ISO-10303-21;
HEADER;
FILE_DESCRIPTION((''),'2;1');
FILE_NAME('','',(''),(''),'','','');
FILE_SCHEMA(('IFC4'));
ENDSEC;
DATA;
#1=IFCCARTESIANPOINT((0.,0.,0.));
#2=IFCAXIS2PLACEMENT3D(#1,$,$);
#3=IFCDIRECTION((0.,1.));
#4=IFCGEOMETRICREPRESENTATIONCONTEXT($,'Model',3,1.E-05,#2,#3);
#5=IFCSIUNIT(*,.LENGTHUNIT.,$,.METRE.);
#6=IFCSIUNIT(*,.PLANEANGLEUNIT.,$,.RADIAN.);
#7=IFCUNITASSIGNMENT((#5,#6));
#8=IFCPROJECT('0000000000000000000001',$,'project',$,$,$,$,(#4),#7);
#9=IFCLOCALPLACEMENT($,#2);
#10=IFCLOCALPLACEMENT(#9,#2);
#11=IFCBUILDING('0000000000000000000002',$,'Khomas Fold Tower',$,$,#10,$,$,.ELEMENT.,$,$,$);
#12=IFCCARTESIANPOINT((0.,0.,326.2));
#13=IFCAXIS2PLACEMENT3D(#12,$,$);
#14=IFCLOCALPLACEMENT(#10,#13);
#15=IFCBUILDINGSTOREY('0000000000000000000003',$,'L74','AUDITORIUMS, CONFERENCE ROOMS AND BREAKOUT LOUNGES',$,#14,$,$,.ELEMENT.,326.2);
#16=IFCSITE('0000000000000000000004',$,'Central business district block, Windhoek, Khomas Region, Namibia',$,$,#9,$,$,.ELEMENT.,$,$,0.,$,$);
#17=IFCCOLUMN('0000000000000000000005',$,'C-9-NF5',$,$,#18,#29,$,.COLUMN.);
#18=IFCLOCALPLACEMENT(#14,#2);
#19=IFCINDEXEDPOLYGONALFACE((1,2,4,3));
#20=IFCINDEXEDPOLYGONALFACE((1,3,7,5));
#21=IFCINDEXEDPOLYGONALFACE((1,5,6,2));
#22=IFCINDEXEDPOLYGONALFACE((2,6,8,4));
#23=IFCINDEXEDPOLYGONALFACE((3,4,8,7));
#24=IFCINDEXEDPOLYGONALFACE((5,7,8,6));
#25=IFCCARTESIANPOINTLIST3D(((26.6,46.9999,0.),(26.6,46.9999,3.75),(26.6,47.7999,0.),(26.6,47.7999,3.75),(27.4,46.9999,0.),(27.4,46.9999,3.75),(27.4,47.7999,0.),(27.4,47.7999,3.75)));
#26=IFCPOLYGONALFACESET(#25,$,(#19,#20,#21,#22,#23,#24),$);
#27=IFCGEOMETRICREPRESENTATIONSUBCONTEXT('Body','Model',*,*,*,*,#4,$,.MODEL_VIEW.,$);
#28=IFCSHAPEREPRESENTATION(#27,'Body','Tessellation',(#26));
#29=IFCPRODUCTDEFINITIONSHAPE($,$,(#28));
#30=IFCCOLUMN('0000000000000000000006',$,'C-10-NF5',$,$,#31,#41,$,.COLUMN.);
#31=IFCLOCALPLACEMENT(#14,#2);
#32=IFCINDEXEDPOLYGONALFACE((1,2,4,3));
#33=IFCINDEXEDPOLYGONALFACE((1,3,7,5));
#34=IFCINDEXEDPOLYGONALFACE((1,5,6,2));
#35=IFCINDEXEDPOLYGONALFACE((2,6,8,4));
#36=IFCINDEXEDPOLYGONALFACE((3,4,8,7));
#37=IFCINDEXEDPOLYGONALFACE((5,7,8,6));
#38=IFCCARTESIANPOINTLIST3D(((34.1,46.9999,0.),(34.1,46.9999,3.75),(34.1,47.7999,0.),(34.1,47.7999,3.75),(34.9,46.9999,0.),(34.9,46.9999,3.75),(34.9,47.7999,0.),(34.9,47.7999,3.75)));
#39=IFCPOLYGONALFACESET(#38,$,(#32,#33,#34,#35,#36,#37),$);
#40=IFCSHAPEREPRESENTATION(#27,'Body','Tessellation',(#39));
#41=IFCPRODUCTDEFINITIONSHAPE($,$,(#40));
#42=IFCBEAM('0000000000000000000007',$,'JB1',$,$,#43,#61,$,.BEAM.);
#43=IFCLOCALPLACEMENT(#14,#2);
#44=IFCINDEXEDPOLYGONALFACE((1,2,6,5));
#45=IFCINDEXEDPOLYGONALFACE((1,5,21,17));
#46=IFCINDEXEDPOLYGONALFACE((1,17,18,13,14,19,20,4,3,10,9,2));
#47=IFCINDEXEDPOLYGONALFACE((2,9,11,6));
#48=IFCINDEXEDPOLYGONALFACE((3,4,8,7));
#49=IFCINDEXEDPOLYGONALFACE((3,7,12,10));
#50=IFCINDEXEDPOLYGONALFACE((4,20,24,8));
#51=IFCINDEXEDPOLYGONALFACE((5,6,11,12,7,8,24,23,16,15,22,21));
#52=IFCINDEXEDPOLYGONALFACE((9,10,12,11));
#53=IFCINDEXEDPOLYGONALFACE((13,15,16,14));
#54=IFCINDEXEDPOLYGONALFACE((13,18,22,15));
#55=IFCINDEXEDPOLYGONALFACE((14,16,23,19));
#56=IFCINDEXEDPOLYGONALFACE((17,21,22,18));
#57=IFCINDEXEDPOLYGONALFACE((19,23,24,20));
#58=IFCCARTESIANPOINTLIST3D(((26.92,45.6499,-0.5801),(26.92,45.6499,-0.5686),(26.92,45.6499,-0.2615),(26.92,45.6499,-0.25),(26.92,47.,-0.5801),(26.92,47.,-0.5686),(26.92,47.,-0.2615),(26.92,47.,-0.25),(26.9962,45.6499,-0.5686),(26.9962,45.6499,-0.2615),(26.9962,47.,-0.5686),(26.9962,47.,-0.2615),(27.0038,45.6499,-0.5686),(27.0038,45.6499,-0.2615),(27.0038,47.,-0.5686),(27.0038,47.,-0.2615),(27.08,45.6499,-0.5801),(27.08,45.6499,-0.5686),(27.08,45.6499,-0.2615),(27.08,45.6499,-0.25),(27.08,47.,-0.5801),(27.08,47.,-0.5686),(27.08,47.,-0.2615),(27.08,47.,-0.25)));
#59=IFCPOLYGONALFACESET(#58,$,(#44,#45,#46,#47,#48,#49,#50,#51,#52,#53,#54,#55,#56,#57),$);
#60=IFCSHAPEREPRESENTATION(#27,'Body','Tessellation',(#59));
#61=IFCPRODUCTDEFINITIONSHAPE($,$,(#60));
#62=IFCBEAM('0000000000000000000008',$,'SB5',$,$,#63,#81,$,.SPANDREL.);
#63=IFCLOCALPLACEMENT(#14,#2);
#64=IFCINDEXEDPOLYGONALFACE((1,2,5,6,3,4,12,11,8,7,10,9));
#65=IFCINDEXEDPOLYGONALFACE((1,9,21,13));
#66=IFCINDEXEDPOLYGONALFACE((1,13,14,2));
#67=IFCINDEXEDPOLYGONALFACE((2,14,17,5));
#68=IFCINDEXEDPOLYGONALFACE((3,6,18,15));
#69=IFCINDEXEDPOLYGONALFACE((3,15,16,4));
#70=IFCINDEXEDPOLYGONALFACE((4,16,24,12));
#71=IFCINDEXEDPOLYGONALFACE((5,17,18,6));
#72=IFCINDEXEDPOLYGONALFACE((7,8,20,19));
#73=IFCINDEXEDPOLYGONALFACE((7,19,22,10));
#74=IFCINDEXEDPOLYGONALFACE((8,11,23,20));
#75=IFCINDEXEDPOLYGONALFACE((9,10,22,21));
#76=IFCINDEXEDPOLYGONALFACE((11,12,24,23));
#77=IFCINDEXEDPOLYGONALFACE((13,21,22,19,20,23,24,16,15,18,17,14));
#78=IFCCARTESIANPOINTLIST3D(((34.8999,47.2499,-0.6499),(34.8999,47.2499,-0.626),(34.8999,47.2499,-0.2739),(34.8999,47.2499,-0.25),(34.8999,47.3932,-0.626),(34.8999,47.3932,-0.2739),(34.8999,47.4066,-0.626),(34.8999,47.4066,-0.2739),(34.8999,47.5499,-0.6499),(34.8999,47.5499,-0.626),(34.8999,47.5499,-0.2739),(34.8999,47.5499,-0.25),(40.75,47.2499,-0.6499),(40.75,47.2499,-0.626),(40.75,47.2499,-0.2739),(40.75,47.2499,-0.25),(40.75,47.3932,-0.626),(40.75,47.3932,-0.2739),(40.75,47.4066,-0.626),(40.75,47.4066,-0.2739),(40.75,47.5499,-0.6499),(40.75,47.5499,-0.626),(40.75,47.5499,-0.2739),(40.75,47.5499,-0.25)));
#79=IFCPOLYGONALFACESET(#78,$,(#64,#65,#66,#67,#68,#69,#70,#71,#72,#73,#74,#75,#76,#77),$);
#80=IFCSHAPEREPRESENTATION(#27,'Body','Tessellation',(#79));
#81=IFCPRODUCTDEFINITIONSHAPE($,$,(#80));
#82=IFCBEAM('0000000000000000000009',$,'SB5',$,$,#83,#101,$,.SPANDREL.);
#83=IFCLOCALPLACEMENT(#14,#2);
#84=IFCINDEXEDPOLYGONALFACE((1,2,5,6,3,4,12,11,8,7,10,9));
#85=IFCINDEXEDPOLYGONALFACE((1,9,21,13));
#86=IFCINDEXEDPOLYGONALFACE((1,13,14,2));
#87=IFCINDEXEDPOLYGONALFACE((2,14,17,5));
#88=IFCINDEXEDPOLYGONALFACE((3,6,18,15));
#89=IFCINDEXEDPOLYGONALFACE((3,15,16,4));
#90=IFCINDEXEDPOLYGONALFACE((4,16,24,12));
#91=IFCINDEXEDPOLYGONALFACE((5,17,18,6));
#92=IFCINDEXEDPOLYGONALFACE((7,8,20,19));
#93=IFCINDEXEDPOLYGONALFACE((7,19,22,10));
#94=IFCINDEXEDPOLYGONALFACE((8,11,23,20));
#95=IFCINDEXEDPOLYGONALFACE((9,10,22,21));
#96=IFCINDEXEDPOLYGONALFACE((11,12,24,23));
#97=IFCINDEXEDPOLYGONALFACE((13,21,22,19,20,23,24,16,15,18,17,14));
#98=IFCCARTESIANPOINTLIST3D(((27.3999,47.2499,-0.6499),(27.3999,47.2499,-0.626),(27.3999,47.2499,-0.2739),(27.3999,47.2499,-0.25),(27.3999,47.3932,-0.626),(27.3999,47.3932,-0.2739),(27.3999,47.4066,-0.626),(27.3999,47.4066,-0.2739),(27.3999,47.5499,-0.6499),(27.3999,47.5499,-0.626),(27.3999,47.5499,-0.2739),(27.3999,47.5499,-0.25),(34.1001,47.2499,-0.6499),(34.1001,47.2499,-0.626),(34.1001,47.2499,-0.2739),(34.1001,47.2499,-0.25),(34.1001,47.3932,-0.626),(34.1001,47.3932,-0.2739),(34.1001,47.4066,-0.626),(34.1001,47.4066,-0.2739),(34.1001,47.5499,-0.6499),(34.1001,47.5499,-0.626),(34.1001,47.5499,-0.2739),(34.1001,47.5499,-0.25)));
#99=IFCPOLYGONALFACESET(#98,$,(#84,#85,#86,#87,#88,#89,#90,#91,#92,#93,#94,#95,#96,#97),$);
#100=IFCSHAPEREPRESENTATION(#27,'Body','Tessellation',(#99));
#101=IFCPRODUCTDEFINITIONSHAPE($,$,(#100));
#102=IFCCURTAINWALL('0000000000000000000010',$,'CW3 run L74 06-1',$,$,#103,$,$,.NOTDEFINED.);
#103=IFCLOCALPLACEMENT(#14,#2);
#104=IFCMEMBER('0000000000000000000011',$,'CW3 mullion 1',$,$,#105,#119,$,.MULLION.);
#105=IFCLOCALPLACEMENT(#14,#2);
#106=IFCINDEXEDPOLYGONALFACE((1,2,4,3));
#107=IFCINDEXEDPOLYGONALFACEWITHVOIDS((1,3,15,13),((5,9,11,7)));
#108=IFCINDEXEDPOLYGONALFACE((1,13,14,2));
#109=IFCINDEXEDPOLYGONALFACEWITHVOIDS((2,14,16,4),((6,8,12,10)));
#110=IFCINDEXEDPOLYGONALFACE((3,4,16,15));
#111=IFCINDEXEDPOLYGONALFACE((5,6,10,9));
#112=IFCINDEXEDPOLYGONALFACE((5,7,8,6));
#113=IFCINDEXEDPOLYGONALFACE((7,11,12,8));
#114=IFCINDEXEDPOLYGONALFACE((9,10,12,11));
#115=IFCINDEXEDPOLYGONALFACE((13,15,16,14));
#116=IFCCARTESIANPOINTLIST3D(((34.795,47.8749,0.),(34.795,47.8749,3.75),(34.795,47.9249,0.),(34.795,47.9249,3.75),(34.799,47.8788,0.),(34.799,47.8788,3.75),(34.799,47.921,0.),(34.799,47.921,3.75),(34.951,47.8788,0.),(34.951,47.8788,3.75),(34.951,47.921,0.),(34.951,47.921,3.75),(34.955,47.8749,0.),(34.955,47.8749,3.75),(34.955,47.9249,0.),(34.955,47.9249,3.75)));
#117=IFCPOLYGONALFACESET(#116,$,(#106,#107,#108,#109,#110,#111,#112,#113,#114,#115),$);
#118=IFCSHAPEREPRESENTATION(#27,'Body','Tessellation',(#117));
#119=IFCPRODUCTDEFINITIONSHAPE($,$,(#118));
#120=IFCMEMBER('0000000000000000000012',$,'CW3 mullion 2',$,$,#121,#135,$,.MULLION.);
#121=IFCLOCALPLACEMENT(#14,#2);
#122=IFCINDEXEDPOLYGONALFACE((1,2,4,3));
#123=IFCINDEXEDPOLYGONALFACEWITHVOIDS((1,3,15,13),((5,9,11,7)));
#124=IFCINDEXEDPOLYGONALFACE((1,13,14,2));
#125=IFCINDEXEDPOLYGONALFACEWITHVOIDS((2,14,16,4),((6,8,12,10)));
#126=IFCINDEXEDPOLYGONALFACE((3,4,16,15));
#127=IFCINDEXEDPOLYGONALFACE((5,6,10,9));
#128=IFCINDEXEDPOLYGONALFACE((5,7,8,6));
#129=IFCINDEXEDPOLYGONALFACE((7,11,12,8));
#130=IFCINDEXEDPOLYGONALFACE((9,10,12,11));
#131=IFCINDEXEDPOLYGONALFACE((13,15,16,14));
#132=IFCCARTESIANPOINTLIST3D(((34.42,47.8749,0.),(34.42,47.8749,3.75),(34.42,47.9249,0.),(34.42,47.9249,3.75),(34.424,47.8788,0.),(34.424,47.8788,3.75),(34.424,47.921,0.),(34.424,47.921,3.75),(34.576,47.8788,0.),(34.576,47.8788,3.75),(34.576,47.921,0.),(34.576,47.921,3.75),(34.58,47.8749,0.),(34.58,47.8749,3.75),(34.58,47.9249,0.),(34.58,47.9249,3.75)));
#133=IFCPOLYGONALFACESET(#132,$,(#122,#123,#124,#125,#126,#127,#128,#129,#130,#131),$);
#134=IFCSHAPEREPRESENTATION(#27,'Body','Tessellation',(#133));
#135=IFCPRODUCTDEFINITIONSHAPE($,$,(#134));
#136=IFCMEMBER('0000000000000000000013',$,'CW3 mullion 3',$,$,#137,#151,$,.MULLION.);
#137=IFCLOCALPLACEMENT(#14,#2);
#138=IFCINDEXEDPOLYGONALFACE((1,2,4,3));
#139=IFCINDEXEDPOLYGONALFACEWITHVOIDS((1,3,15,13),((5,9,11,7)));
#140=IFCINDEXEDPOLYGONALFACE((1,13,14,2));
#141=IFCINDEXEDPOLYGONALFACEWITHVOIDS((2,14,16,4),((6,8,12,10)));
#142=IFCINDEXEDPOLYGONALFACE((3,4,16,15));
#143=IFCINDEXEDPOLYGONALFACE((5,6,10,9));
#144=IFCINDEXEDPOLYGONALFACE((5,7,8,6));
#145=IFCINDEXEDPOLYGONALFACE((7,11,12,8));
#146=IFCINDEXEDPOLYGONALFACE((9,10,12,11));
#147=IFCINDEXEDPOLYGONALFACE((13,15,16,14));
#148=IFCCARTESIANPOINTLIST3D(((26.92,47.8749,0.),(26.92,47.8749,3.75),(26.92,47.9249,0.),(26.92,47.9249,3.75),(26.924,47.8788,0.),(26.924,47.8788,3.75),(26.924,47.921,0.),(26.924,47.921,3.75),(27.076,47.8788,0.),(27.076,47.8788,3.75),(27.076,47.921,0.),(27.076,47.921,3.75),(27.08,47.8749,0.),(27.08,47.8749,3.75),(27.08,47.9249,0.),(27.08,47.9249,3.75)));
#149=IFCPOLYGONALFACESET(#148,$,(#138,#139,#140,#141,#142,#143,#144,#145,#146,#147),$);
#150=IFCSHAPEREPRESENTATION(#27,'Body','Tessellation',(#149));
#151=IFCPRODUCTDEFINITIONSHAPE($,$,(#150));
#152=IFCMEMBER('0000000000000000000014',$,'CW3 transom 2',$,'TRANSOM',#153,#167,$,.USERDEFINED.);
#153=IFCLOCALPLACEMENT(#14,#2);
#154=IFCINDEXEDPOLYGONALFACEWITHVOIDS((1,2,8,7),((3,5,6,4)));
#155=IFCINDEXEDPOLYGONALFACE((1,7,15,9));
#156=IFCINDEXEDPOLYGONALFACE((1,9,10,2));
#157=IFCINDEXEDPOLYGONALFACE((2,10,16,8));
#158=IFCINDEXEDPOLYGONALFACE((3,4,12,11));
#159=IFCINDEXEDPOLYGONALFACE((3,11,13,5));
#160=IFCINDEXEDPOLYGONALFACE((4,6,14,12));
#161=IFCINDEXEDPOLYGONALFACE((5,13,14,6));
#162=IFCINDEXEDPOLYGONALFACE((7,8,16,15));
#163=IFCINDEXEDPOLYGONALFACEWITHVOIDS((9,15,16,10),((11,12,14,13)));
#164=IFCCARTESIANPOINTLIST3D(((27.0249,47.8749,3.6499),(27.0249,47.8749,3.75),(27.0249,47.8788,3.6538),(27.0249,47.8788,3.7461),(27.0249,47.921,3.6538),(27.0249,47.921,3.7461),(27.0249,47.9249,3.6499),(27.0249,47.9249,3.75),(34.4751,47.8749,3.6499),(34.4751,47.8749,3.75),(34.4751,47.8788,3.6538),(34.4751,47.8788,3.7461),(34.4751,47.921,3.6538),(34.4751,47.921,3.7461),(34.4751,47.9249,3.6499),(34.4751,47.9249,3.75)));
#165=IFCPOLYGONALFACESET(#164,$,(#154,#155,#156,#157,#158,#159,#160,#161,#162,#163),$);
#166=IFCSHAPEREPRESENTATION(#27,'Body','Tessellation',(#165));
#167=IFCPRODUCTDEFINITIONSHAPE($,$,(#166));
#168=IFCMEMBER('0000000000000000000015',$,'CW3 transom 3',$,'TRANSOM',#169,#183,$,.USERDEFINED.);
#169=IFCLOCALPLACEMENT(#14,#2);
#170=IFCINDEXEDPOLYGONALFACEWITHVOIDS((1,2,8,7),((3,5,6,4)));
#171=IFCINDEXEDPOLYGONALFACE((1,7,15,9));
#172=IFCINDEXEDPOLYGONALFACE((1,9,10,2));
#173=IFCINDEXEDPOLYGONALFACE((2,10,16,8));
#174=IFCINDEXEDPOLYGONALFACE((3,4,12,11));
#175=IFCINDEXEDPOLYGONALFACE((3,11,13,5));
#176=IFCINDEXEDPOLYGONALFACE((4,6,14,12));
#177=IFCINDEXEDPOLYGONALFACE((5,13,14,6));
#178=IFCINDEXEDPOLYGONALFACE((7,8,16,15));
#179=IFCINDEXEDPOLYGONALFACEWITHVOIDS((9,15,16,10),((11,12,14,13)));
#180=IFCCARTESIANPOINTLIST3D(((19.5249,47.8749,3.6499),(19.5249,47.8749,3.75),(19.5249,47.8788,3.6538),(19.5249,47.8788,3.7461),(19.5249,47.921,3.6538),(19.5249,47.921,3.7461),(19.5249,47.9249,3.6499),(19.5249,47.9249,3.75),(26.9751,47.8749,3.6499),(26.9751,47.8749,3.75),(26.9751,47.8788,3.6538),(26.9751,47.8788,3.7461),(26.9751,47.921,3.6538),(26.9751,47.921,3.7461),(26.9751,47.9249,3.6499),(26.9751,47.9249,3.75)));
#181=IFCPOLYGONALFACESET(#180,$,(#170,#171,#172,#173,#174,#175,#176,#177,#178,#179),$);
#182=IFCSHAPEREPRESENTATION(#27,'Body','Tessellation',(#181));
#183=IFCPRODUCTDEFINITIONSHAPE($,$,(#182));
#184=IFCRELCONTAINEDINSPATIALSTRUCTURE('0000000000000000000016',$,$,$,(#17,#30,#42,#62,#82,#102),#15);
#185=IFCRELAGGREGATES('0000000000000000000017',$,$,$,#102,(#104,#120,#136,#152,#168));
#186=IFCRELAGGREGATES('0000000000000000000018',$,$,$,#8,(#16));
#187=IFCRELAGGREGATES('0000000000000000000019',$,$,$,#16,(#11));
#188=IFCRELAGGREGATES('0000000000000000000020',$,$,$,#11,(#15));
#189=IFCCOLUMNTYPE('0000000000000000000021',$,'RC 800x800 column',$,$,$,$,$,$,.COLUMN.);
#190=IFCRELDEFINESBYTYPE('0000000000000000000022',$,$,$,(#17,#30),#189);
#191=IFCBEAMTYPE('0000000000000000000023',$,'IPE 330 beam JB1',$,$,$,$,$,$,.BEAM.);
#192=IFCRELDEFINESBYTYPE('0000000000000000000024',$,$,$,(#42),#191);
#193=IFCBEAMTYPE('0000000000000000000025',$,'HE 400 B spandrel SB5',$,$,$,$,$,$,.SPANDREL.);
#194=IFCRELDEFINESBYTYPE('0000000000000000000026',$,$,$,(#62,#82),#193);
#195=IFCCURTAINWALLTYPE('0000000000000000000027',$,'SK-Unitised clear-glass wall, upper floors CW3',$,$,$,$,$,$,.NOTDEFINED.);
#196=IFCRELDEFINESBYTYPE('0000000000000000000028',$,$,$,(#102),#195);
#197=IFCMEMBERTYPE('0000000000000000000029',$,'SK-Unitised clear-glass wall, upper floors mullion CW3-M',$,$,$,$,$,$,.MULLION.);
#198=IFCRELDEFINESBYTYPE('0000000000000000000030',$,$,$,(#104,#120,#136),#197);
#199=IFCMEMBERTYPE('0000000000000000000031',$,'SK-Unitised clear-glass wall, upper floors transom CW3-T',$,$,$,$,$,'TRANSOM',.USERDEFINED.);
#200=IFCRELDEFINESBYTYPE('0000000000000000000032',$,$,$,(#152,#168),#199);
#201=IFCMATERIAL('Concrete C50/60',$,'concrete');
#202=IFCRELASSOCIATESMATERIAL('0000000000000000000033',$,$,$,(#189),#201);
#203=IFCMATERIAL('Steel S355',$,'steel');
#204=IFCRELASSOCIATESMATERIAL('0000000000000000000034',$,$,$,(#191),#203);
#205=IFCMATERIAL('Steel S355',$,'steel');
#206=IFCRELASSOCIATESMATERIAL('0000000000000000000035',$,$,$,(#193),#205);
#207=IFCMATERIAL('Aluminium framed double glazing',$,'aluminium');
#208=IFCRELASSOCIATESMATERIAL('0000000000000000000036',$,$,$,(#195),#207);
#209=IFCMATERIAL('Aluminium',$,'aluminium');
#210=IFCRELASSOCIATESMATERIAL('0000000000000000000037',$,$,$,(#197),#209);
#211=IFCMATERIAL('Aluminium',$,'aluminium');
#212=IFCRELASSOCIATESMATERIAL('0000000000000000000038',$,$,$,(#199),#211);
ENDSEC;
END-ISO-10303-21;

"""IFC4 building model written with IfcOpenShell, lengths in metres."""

from ifc_helpers import new_model, si_unit, direction, frame, origin, origin_2d, place, context, subcontext, project, spatial, rectangle, hollow_rectangle, i_section, extrude, source, transform, mapped, material, material_profile, profile_set, type_object, element, aggregate, save


model = new_model("IFC4")

# Units and contexts
model_context = context("Model", 3, precision=1e-05, world=origin(), true_north=direction((0.0, 1.0)))
body_context = subcontext(model_context, "Body", "Model", "MODEL_VIEW")
ifc_project = project(units=[si_unit("LENGTHUNIT", "METRE"), si_unit("PLANEANGLEUNIT", "RADIAN")], contexts=[model_context])

# Site, building, storey
site_placement = place(None, origin())
site = spatial("IfcSite", under=ifc_project, at=site_placement, Name="Central business district block, Windhoek, Khomas Region, Namibia", CompositionType="ELEMENT", RefElevation=0.0)
building_placement = place(site_placement, origin())
building = spatial("IfcBuilding", under=site, at=building_placement, Name="Khomas Fold Tower", CompositionType="ELEMENT")
storey_placement = place(building_placement, frame((0.0, 0.0, 326.2)))
storey = spatial("IfcBuildingStorey", under=building, at=storey_placement, Name="L74", Description="AUDITORIUMS, CONFERENCE ROOMS AND BREAKOUT LOUNGES", CompositionType="ELEMENT", Elevation=326.2)

# Columns
ifc_material_1 = material(Name="Concrete C50/60", Category="concrete")
ifc_material_profile_1 = material_profile(ifc_material_1, rectangle(XDim=0.8, YDim=0.8, at=origin_2d()), Name="RC 800x800")
ifc_profile_set_1 = profile_set([ifc_material_profile_1], Name="Concrete C50/60")
column_type = type_object("IfcColumnType", Name="RC 800x800 column", PredefinedType="COLUMN", material=ifc_profile_set_1)
shared_shape_1 = source(origin(), body_context, "Body", "SweptSolid", [
    extrude(rectangle(XDim=0.8, YDim=0.8, at=origin_2d()), origin(), (0.0, 0.0, 1.0), 3.75),
])
for number, where, z_axis, x_axis, name in (
    (1, (27.0, 47.3999, 0.0), (0.0, 0.0, 1.0), (1.0, 0.0, 0.0), "C-9-NF5"),
    (2, (34.5, 47.3999, 0.0), (0.0, 0.0, 1.0), (1.0, 0.0, 0.0), "C-10-NF5"),
):
    element("IfcColumn", number, at=place(storey_placement, frame(where, z_axis=z_axis, x_axis=x_axis)), inside=storey, type_object=column_type, Name=name, PredefinedType="COLUMN", context=body_context, shape_type="MappedRepresentation", body=[
        mapped(shared_shape_1, transform((0.0, 0.0, 0.0))),
    ])

# Beams
ifc_material_2 = material(Name="Steel S355", Category="steel")
ifc_material_profile_2 = material_profile(ifc_material_2, i_section(OverallWidth=0.1599, OverallDepth=0.3301, WebThickness=0.0076, FlangeThickness=0.0115, at=origin_2d()), Name="IPE 330")
ifc_profile_set_2 = profile_set([ifc_material_profile_2], Name="Steel S355")
beam_type_1 = type_object("IfcBeamType", Name="IPE 330 beam JB1", PredefinedType="BEAM", material=ifc_profile_set_2)
shared_shape_2 = source(origin(), body_context, "Body", "SweptSolid", [
    extrude(i_section(OverallWidth=0.1599, OverallDepth=0.3301, WebThickness=0.0076, FlangeThickness=0.0115, at=origin_2d()), origin(), (0.0, 0.0, 1.0), 1.3501),
])
beam_1_placement = place(storey_placement, frame((27.0, 45.6499, -0.415), z_axis=(0.0, 1.0, 0.0), x_axis=(-1.0, 0.0, 0.0)))
element("IfcBeam", 3, at=beam_1_placement, inside=storey, type_object=beam_type_1, Name="JB1", PredefinedType="BEAM", context=body_context, shape_type="MappedRepresentation", body=[
    mapped(shared_shape_2, transform((0.0, 0.0, 0.0))),
])
ifc_material_3 = material(Name="Steel S355", Category="steel")
ifc_material_profile_3 = material_profile(ifc_material_3, i_section(OverallWidth=0.3, OverallDepth=0.3999, WebThickness=0.0134, FlangeThickness=0.0239, at=origin_2d()), Name="HE 400 B")
ifc_profile_set_3 = profile_set([ifc_material_profile_3], Name="Steel S355")
beam_type_2 = type_object("IfcBeamType", Name="HE 400 B spandrel SB5", PredefinedType="SPANDREL", material=ifc_profile_set_3)
shared_shape_3 = source(origin(), body_context, "Body", "SweptSolid", [
    extrude(i_section(OverallWidth=0.3, OverallDepth=0.3999, WebThickness=0.0134, FlangeThickness=0.0239, at=origin_2d()), origin(), (0.0, 0.0, 1.0), 5.8501),
])
beam_2_placement = place(storey_placement, frame((34.8999, 47.3999, -0.45), z_axis=(1.0, 0.0, 0.0), x_axis=(0.0, 1.0, 0.0)))
element("IfcBeam", 4, at=beam_2_placement, inside=storey, type_object=beam_type_2, Name="SB5", PredefinedType="SPANDREL", context=body_context, shape_type="MappedRepresentation", body=[
    mapped(shared_shape_3, transform((0.0, 0.0, 0.0))),
])
shared_shape_4 = source(origin(), body_context, "Body", "SweptSolid", [
    extrude(i_section(OverallWidth=0.3, OverallDepth=0.3999, WebThickness=0.0134, FlangeThickness=0.0239, at=origin_2d()), origin(), (0.0, 0.0, 1.0), 6.7002),
])
beam_3_placement = place(storey_placement, frame((27.3999, 47.3999, -0.45), z_axis=(1.0, 0.0, 0.0), x_axis=(0.0, 1.0, 0.0)))
element("IfcBeam", 5, at=beam_3_placement, inside=storey, type_object=beam_type_2, Name="SB5", PredefinedType="SPANDREL", context=body_context, shape_type="MappedRepresentation", body=[
    mapped(shared_shape_4, transform((0.0, 0.0, 0.0))),
])

# Curtain wall, members
ifc_material_4 = material(Name="Aluminium framed double glazing", Category="aluminium")
curtain_wall_type = type_object("IfcCurtainWallType", Name="SK-Unitised clear-glass wall, upper floors CW3", PredefinedType="NOTDEFINED", material=ifc_material_4)
curtain_wall_placement = place(storey_placement, origin())
curtain_wall = element("IfcCurtainWall", 6, at=curtain_wall_placement, inside=storey, type_object=curtain_wall_type, Name="CW3 run L74 06-1", PredefinedType="NOTDEFINED")
ifc_material_5 = material(Name="Aluminium", Category="aluminium")
ifc_material_profile_4 = material_profile(ifc_material_5, hollow_rectangle(XDim=0.05, YDim=0.1599, WallThickness=0.0039, at=origin_2d()), Name="SK-Unitised clear-glass wall, upper floors mullion CW3-M")
ifc_profile_set_4 = profile_set([ifc_material_profile_4], Name="Aluminium")
member_type_1 = type_object("IfcMemberType", Name="SK-Unitised clear-glass wall, upper floors mullion CW3-M", PredefinedType="MULLION", material=ifc_profile_set_4)
shared_shape_5 = source(origin(), body_context, "Body", "SweptSolid", [
    extrude(hollow_rectangle(XDim=0.05, YDim=0.1599, WallThickness=0.0039, at=origin_2d()), origin(), (0.0, 0.0, 1.0), 3.75),
])
member_1_placement = place(storey_placement, frame((34.875, 47.8999, 0.0), z_axis=(0.0, 0.0, 1.0), x_axis=(0.0, -1.0, 0.0)))
member_1 = element("IfcMember", 7, at=member_1_placement, type_object=member_type_1, Name="CW3 mullion 1", PredefinedType="MULLION", context=body_context, shape_type="MappedRepresentation", body=[
    mapped(shared_shape_5, transform((0.0, 0.0, 0.0))),
])
member_2_placement = place(storey_placement, frame((34.5, 47.8999, 0.0), z_axis=(0.0, 0.0, 1.0), x_axis=(0.0, -1.0, 0.0)))
member_2 = element("IfcMember", 8, at=member_2_placement, type_object=member_type_1, Name="CW3 mullion 2", PredefinedType="MULLION", context=body_context, shape_type="MappedRepresentation", body=[
    mapped(shared_shape_5, transform((0.0, 0.0, 0.0))),
])
member_3_placement = place(storey_placement, frame((27.0, 47.8999, 0.0), z_axis=(0.0, 0.0, 1.0), x_axis=(0.0, -1.0, 0.0)))
member_3 = element("IfcMember", 9, at=member_3_placement, type_object=member_type_1, Name="CW3 mullion 3", PredefinedType="MULLION", context=body_context, shape_type="MappedRepresentation", body=[
    mapped(shared_shape_5, transform((0.0, 0.0, 0.0))),
])
ifc_material_6 = material(Name="Aluminium", Category="aluminium")
ifc_material_profile_5 = material_profile(ifc_material_6, hollow_rectangle(XDim=0.05, YDim=0.1001, WallThickness=0.0039, at=origin_2d()), Name="SK-Unitised clear-glass wall, upper floors transom CW3-T")
ifc_profile_set_5 = profile_set([ifc_material_profile_5], Name="Aluminium")
member_type_2 = type_object("IfcMemberType", Name="SK-Unitised clear-glass wall, upper floors transom CW3-T", ElementType="TRANSOM", PredefinedType="USERDEFINED", material=ifc_profile_set_5)
shared_shape_6 = source(origin(), body_context, "Body", "SweptSolid", [
    extrude(hollow_rectangle(XDim=0.05, YDim=0.1001, WallThickness=0.0039, at=origin_2d()), origin(), (0.0, 0.0, 1.0), 7.4502),
])
member_4_placement = place(storey_placement, frame((34.4751, 47.8999, 3.7), z_axis=(-1.0, 0.0, 0.0), x_axis=(0.0, -1.0, 0.0)))
member_4 = element("IfcMember", 10, at=member_4_placement, type_object=member_type_2, Name="CW3 transom 2", ObjectType="TRANSOM", PredefinedType="USERDEFINED", context=body_context, shape_type="MappedRepresentation", body=[
    mapped(shared_shape_6, transform((0.0, 0.0, 0.0))),
])
member_5_placement = place(storey_placement, frame((26.9751, 47.8999, 3.7), z_axis=(-1.0, 0.0, 0.0), x_axis=(0.0, -1.0, 0.0)))
member_5 = element("IfcMember", 11, at=member_5_placement, type_object=member_type_2, Name="CW3 transom 3", ObjectType="TRANSOM", PredefinedType="USERDEFINED", context=body_context, shape_type="MappedRepresentation", body=[
    mapped(shared_shape_6, transform((0.0, 0.0, 0.0))),
])
aggregate(curtain_wall, [member_1, member_2, member_3, member_4, member_5])

save(model, "model.ifc")
